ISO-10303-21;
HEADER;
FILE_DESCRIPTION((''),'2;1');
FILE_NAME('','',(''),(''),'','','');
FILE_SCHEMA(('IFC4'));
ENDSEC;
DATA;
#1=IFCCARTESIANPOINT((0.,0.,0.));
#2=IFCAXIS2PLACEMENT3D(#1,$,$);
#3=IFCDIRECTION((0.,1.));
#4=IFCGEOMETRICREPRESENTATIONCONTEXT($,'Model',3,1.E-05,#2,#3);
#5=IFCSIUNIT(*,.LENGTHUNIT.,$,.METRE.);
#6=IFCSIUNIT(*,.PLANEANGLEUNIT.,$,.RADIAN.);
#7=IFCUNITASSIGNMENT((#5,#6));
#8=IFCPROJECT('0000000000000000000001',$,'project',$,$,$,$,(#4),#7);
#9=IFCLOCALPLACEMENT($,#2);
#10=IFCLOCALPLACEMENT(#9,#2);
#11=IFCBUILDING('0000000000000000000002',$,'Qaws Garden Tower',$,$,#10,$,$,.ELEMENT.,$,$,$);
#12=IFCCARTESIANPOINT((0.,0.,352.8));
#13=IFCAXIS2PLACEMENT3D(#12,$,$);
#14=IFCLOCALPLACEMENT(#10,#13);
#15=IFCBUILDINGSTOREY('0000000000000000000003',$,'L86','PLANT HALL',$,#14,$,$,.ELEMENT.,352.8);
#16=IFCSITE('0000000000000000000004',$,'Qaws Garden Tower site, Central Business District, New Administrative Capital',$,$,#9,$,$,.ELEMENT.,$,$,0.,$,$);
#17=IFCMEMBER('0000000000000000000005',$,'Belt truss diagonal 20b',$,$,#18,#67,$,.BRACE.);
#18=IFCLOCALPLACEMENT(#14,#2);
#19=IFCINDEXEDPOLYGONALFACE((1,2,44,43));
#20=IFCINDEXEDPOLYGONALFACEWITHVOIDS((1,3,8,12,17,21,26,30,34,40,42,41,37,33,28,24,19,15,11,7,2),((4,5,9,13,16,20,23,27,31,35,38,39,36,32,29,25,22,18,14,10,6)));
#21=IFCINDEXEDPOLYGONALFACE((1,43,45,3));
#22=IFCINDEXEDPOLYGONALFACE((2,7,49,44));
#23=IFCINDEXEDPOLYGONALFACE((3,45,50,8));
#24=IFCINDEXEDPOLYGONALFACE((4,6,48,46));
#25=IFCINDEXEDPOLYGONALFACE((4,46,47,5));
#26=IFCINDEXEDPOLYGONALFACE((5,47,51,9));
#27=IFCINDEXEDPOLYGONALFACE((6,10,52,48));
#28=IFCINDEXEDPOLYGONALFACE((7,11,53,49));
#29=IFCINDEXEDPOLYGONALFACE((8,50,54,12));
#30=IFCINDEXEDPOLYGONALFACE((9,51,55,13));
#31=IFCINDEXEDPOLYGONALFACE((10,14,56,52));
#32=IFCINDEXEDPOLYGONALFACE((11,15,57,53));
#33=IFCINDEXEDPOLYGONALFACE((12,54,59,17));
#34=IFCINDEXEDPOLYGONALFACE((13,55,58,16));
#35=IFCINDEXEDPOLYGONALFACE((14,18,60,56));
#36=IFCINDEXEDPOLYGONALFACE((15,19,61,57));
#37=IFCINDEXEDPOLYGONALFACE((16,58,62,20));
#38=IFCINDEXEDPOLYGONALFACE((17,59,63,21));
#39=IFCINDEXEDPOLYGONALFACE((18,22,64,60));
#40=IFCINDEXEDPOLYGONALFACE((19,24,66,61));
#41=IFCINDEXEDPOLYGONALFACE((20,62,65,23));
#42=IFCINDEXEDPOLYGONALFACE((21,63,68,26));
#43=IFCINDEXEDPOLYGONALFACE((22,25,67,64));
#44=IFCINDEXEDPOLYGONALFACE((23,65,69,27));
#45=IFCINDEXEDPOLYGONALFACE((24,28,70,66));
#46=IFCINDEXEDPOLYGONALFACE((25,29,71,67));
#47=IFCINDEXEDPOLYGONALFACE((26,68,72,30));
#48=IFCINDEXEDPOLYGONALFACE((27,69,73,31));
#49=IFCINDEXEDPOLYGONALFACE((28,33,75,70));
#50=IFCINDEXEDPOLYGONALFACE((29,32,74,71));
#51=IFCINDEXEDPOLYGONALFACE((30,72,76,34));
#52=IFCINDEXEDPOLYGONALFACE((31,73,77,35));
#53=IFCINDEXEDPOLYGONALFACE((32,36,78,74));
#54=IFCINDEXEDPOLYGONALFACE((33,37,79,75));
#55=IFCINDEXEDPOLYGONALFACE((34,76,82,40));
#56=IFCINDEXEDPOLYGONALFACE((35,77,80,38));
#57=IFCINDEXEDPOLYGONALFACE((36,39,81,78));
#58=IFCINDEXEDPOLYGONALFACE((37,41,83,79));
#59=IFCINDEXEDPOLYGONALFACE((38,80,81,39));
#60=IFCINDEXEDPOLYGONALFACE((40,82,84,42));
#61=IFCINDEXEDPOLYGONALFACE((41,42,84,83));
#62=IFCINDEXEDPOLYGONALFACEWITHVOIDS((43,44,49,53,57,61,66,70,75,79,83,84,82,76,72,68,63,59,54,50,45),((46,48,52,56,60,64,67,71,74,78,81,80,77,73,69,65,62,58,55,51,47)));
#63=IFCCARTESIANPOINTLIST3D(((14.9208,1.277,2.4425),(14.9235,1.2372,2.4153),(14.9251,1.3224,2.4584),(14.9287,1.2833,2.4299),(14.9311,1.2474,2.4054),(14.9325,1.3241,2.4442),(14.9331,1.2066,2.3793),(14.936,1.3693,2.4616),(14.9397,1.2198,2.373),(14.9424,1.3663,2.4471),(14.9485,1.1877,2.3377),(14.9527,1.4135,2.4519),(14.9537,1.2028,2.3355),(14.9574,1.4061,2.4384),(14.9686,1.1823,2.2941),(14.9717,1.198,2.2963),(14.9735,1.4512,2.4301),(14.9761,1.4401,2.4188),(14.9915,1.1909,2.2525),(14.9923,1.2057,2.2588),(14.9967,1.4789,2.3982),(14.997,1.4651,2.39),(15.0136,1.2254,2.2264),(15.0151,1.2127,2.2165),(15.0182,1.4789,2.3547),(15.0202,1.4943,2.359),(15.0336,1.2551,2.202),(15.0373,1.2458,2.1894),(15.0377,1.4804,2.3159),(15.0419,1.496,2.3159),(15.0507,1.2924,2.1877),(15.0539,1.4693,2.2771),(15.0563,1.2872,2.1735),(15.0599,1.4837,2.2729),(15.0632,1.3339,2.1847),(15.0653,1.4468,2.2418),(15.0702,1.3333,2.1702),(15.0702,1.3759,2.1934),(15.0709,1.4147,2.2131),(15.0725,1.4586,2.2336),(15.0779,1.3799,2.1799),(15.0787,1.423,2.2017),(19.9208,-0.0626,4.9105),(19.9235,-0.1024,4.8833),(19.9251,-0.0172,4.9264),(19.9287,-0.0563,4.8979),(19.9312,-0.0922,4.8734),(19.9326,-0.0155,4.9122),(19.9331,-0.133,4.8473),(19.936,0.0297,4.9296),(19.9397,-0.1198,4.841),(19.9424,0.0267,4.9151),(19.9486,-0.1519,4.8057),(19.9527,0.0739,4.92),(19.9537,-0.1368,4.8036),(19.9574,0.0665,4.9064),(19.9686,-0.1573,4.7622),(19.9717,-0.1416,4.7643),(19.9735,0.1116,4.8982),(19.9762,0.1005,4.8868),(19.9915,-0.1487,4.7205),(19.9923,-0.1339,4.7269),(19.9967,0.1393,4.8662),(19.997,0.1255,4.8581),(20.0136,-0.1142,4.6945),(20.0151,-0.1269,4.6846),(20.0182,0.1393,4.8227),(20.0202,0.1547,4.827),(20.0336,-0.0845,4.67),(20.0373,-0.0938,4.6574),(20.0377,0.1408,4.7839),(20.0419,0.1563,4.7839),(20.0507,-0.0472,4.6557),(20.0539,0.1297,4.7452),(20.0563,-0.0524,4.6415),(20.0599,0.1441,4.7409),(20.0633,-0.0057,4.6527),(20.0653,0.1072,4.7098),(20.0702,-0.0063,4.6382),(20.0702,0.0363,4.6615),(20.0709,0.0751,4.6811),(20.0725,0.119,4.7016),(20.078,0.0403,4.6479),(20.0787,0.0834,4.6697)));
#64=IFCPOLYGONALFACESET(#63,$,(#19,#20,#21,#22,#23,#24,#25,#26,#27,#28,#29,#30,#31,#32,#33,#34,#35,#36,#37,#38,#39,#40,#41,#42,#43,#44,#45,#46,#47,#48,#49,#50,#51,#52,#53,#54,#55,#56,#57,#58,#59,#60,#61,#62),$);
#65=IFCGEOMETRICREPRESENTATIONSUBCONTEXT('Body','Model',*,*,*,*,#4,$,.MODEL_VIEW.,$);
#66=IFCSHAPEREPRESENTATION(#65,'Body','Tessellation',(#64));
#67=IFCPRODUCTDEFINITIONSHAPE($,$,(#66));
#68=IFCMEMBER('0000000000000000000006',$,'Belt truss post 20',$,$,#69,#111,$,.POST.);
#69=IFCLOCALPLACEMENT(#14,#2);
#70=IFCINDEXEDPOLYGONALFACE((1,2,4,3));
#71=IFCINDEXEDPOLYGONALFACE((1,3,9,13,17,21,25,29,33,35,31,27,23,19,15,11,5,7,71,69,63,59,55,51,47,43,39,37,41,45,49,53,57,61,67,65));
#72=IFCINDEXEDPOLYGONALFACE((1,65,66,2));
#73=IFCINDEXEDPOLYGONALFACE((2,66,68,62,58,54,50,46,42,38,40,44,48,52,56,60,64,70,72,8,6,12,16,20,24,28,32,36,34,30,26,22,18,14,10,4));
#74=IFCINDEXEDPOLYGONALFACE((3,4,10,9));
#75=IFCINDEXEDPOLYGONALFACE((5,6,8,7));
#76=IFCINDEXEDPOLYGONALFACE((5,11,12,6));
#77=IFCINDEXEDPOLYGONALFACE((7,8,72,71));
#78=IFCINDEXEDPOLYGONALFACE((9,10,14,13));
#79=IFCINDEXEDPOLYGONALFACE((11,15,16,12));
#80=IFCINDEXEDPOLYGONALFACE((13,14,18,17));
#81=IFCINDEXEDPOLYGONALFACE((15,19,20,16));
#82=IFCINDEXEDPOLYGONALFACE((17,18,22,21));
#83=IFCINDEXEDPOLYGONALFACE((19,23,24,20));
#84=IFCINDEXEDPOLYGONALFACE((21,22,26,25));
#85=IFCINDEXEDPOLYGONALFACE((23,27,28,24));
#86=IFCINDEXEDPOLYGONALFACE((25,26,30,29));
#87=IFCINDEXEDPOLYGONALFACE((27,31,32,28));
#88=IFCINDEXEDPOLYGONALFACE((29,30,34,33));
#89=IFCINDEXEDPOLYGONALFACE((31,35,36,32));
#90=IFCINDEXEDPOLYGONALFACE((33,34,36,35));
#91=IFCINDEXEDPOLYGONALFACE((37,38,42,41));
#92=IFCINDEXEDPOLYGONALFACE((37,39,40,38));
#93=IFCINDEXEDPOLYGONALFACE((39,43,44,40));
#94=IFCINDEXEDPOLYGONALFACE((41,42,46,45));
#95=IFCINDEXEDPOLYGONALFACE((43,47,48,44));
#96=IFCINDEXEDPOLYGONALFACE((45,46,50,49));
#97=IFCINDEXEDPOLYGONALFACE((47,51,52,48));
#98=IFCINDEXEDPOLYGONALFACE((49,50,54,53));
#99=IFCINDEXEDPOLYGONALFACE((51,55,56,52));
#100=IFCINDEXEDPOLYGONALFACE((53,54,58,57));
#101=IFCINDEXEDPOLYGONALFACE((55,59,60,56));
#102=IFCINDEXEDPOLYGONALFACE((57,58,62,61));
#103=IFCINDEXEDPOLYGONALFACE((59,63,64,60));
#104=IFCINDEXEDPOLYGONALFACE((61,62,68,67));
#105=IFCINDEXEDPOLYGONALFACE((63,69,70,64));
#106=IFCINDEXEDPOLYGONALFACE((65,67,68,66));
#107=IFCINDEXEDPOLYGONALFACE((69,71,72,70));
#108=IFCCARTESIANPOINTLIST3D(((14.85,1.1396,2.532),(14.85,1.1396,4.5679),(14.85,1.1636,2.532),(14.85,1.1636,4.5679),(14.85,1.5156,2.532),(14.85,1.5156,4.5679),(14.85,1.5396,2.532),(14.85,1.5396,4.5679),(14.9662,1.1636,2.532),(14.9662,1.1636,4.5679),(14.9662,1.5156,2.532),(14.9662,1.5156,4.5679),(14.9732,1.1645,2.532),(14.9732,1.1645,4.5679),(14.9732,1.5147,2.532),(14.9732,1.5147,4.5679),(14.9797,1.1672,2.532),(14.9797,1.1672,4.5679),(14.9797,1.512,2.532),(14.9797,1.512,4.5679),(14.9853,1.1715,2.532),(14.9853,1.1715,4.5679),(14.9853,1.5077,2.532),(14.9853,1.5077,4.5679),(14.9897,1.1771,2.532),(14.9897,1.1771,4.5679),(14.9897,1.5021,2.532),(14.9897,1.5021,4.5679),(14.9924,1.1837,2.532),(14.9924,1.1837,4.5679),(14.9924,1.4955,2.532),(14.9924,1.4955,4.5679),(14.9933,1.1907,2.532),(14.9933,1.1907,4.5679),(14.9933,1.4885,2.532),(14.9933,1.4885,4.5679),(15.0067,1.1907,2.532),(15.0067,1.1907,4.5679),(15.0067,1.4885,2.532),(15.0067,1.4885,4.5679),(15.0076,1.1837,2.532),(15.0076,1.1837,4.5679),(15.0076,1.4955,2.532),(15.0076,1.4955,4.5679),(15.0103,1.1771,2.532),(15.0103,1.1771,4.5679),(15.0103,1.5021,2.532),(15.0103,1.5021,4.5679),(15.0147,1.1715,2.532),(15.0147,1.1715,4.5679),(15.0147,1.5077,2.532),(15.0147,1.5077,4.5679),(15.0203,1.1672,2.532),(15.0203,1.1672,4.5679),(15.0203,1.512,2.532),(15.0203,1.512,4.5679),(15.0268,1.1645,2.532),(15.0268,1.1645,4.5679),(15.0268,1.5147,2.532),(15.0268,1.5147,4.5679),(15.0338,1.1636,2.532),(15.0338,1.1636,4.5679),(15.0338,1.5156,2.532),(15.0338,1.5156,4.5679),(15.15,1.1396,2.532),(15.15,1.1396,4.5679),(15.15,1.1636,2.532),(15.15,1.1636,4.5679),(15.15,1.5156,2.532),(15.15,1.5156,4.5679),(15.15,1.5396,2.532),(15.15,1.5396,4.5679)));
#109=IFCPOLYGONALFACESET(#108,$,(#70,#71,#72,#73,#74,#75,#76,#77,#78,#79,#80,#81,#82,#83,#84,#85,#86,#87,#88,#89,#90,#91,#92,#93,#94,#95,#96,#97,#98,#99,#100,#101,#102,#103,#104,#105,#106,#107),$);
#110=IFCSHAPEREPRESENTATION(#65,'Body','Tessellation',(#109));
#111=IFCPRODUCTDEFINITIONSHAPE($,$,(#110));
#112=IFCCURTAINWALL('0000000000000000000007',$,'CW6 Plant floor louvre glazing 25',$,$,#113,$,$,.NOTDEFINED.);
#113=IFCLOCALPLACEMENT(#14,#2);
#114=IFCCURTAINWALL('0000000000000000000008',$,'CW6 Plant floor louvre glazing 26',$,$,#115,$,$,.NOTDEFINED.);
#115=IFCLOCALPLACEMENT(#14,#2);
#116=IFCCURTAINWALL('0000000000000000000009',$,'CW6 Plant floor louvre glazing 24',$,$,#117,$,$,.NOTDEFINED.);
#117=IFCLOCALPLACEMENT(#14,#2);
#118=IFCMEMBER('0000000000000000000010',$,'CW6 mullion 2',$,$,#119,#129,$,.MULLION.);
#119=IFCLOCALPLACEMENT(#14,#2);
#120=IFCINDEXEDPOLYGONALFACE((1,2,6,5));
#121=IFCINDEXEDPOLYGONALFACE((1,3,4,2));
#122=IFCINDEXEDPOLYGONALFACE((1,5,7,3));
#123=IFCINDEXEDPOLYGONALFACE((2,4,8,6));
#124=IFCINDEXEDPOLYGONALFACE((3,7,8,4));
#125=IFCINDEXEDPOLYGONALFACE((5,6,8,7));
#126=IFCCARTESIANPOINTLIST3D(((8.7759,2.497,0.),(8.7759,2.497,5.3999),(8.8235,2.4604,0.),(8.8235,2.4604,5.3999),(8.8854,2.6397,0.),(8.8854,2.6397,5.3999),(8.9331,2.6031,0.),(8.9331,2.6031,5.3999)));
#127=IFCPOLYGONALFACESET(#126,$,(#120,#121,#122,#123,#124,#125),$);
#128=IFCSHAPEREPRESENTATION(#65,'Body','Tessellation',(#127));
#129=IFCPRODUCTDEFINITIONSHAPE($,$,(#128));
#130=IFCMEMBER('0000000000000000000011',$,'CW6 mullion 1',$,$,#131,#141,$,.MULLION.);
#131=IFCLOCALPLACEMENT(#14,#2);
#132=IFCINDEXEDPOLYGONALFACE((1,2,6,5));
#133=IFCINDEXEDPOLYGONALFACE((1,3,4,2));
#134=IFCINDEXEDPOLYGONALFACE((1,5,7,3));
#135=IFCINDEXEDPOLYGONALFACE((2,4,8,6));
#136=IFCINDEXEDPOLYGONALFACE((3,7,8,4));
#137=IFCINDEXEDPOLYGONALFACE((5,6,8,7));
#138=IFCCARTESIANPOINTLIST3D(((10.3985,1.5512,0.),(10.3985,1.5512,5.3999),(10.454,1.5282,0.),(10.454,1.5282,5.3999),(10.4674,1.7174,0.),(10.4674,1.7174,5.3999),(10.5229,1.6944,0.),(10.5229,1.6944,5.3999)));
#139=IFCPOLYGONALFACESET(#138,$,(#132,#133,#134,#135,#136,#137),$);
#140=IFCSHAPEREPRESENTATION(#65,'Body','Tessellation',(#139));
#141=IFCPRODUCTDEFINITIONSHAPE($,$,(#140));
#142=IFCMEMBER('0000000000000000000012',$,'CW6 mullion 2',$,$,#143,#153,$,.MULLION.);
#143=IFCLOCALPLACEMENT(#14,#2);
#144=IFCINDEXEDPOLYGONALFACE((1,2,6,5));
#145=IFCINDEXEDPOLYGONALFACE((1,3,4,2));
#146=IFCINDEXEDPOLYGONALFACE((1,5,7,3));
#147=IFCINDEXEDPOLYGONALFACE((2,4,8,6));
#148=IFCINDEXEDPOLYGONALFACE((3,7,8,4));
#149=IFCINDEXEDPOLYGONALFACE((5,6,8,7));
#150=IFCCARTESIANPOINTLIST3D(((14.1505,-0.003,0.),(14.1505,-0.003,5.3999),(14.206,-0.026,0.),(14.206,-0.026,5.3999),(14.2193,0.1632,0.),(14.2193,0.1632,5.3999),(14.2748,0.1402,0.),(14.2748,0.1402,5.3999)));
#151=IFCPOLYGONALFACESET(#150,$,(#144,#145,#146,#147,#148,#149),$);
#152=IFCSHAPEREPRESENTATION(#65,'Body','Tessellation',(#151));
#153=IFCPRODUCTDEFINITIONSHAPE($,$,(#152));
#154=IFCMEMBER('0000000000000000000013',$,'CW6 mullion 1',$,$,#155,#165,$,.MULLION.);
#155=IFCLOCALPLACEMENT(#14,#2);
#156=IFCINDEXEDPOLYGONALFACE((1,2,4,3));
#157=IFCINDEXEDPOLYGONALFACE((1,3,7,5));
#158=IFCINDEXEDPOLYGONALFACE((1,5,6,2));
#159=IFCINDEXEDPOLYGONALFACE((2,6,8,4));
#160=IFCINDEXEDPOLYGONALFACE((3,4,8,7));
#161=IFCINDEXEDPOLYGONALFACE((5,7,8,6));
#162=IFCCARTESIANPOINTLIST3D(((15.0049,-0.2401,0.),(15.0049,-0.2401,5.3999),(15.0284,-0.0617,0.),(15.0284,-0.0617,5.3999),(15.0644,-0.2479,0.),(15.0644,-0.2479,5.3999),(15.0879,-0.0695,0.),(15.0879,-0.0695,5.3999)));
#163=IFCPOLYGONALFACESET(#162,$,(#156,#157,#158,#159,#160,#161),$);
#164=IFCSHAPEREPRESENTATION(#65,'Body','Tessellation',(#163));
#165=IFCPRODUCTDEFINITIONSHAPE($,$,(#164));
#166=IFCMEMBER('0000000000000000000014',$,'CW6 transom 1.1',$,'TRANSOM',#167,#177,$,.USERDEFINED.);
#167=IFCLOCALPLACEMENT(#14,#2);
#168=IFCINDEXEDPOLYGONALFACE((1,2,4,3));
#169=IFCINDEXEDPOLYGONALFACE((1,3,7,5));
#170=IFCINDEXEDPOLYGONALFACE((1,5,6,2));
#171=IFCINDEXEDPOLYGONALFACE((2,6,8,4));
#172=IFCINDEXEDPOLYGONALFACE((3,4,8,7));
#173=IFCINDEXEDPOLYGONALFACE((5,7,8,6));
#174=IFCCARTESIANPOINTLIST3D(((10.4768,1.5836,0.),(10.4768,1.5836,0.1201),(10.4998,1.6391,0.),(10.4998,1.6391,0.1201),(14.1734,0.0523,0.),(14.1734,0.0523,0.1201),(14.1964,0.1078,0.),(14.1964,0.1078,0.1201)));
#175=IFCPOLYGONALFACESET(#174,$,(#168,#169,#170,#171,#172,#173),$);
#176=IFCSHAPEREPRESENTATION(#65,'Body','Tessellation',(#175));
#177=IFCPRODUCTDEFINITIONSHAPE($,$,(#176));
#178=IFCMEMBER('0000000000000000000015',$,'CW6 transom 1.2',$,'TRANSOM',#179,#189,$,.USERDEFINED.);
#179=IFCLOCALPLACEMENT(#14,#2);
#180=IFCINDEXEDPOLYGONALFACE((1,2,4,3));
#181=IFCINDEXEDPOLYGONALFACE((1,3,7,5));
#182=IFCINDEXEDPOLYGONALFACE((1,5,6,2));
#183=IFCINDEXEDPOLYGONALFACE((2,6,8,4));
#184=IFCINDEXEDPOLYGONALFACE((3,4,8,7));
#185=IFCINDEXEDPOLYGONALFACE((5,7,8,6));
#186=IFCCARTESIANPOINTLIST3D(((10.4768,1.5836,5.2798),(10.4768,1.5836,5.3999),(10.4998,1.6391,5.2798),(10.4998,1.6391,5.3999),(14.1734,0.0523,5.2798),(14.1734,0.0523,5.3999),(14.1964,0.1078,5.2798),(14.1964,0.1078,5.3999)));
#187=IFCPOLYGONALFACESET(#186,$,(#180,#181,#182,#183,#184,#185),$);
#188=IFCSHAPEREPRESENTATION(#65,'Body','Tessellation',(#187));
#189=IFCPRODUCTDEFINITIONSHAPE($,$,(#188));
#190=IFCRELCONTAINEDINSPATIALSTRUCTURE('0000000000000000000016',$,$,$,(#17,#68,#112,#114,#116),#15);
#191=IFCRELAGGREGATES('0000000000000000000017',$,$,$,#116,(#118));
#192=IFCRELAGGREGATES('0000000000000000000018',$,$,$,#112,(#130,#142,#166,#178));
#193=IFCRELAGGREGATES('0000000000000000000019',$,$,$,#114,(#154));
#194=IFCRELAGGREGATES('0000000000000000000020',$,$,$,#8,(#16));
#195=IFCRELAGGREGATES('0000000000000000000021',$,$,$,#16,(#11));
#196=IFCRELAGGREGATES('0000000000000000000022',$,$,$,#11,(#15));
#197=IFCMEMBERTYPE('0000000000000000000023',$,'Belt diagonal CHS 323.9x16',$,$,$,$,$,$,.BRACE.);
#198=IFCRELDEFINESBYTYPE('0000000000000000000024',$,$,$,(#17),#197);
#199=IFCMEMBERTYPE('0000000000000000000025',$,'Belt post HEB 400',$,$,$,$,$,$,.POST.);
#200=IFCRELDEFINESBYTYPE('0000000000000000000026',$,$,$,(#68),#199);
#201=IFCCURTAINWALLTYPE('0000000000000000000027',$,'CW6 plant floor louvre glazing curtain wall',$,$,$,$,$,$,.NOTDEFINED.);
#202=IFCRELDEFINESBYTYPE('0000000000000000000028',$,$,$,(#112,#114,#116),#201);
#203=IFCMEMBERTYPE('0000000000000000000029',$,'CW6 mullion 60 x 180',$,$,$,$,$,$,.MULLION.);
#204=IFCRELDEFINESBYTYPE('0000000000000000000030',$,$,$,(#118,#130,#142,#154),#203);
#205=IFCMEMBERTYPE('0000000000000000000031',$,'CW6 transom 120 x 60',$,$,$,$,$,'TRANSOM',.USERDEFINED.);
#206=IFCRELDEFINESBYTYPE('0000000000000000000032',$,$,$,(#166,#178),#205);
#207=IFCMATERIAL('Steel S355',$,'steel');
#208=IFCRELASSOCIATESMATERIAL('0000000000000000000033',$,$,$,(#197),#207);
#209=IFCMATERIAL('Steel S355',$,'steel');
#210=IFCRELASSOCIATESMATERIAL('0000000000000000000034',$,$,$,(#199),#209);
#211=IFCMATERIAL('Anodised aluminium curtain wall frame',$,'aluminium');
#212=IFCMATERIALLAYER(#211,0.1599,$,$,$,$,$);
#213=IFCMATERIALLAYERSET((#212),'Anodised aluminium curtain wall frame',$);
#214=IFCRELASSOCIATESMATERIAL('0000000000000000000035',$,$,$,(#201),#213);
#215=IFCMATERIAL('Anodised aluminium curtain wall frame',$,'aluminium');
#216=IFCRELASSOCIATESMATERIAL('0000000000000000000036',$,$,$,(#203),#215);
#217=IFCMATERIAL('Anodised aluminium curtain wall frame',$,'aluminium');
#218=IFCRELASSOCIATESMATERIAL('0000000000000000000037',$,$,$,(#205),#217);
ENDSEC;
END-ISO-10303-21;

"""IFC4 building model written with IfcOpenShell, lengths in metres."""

from ifc_helpers import new_model, si_unit, direction, frame, origin, origin_2d, place, context, subcontext, project, spatial, rectangle, hollow_circle, i_section, extrude, material, layer, layer_set, material_profile, profile_set, type_object, element, aggregate, save


model = new_model("IFC4")

# Units and contexts
model_context = context("Model", 3, precision=1e-05, world=origin(), true_north=direction((0.0, 1.0)))
body_context = subcontext(model_context, "Body", "Model", "MODEL_VIEW")
ifc_project = project(units=[si_unit("LENGTHUNIT", "METRE"), si_unit("PLANEANGLEUNIT", "RADIAN")], contexts=[model_context])

# Site, building, storey
site_placement = place(None, origin())
site = spatial("IfcSite", under=ifc_project, at=site_placement, Name="Qaws Garden Tower site, Central Business District, New Administrative Capital", CompositionType="ELEMENT", RefElevation=0.0)
building_placement = place(site_placement, origin())
building = spatial("IfcBuilding", under=site, at=building_placement, Name="Qaws Garden Tower", CompositionType="ELEMENT")
storey_placement = place(building_placement, frame((0.0, 0.0, 352.8)))
storey = spatial("IfcBuildingStorey", under=building, at=storey_placement, Name="L86", Description="PLANT HALL", CompositionType="ELEMENT", Elevation=352.8)

# Members
ifc_material_1 = material(Name="Steel S355", Category="steel")
ifc_material_profile_1 = material_profile(ifc_material_1, hollow_circle(Radius=0.1619, WallThickness=0.0161, at=origin_2d()), Name="CHS 323.9x16")
ifc_profile_set_1 = profile_set([ifc_material_profile_1], Name="Steel S355")
member_type_1 = type_object("IfcMemberType", Name="Belt diagonal CHS 323.9x16", PredefinedType="BRACE", material=ifc_profile_set_1)
for number, where, z_axis, x_axis, name in (
    (1, (15.0, 1.3396, 2.3159), (0.8719, -0.233599, 0.430373), (0.258793, 0.965933, 0.0), "Belt truss diagonal 20b"),
):
    element("IfcMember", number, at=place(storey_placement, frame(where, z_axis=z_axis, x_axis=x_axis)), inside=storey, type_object=member_type_1, Name=name, PredefinedType="BRACE", context=body_context, shape_type="SweptSolid", body=[
        extrude(hollow_circle(Radius=0.1619, WallThickness=0.0161, at=origin_2d()), origin(), (0.0, 0.0, 1.0), 5.7346),
    ])
ifc_material_2 = material(Name="Steel S355", Category="steel")
ifc_material_profile_2 = material_profile(ifc_material_2, i_section(OverallWidth=0.3, OverallDepth=0.3999, WebThickness=0.0134, FlangeThickness=0.0239, FilletRadius=0.0271, at=origin_2d()), Name="HEB 400")
ifc_profile_set_2 = profile_set([ifc_material_profile_2], Name="Steel S355")
member_type_2 = type_object("IfcMemberType", Name="Belt post HEB 400", PredefinedType="POST", material=ifc_profile_set_2)
member_1_placement = place(storey_placement, frame((15.0, 1.3396, 2.532), z_axis=(0.0, 0.0, 1.0), x_axis=(1.0, 0.0, 0.0)))
element("IfcMember", 2, at=member_1_placement, inside=storey, type_object=member_type_2, Name="Belt truss post 20", PredefinedType="POST", context=body_context, shape_type="SweptSolid", body=[
    extrude(i_section(OverallWidth=0.3, OverallDepth=0.3999, WebThickness=0.0134, FlangeThickness=0.0239, FilletRadius=0.0271, at=origin_2d()), origin(), (0.0, 0.0, 1.0), 2.0359),
])

# Curtain walls, member
ifc_material_3 = material(Name="Anodised aluminium curtain wall frame", Category="aluminium")
ifc_layer_1 = layer(ifc_material_3, 0.1599)
ifc_layer_set_1 = layer_set([ifc_layer_1], Name="Anodised aluminium curtain wall frame")
curtain_wall_type = type_object("IfcCurtainWallType", Name="CW6 plant floor louvre glazing curtain wall", PredefinedType="NOTDEFINED", material=ifc_layer_set_1)
placement_1 = place(storey_placement, origin())
curtain_wall_1 = element("IfcCurtainWall", 3, at=placement_1, inside=storey, type_object=curtain_wall_type, Name="CW6 Plant floor louvre glazing 25", PredefinedType="NOTDEFINED")
curtain_wall_2 = element("IfcCurtainWall", 4, at=placement_1, inside=storey, type_object=curtain_wall_type, Name="CW6 Plant floor louvre glazing 26", PredefinedType="NOTDEFINED")
curtain_wall_3 = element("IfcCurtainWall", 5, at=placement_1, inside=storey, type_object=curtain_wall_type, Name="CW6 Plant floor louvre glazing 24", PredefinedType="NOTDEFINED")
ifc_material_4 = material(Name="Anodised aluminium curtain wall frame", Category="aluminium")
ifc_material_profile_3 = material_profile(ifc_material_4, rectangle(XDim=0.1799, YDim=0.0601, at=origin_2d()), Name="AL 60x180")
ifc_profile_set_3 = profile_set([ifc_material_profile_3], Name="Anodised aluminium curtain wall frame")
member_type_3 = type_object("IfcMemberType", Name="CW6 mullion 60 x 180", PredefinedType="MULLION", material=ifc_profile_set_3)
member_2_placement = place(storey_placement, frame((8.8545, 2.55, 0.0), z_axis=(0.0, 0.0, 1.0), x_axis=(0.608761, 0.793353, 0.0)))
member_2 = element("IfcMember", 6, at=member_2_placement, type_object=member_type_3, Name="CW6 mullion 2", PredefinedType="MULLION", context=body_context, shape_type="SweptSolid", body=[
    extrude(rectangle(XDim=0.1799, YDim=0.0601, at=origin_2d()), origin(), (0.0, 0.0, 1.0), 5.3999),
])
aggregate(curtain_wall_3, [member_2])

# Members
member_3_placement = place(storey_placement, frame((10.4607, 1.6228, 0.0), z_axis=(0.0, 0.0, 1.0), x_axis=(0.382683, 0.92388, 0.0)))
member_3 = element("IfcMember", 7, at=member_3_placement, type_object=member_type_3, Name="CW6 mullion 1", PredefinedType="MULLION", context=body_context, shape_type="SweptSolid", body=[
    extrude(rectangle(XDim=0.1799, YDim=0.0601, at=origin_2d()), origin(), (0.0, 0.0, 1.0), 5.3999),
])
member_4_placement = place(storey_placement, frame((14.2126, 0.0686, 0.0), z_axis=(0.0, 0.0, 1.0), x_axis=(0.382683, 0.92388, 0.0)))
member_4 = element("IfcMember", 8, at=member_4_placement, type_object=member_type_3, Name="CW6 mullion 2", PredefinedType="MULLION", context=body_context, shape_type="SweptSolid", body=[
    extrude(rectangle(XDim=0.1799, YDim=0.0601, at=origin_2d()), origin(), (0.0, 0.0, 1.0), 5.3999),
])
member_5_placement = place(storey_placement, frame((15.0464, -0.1548, 0.0), z_axis=(0.0, 0.0, 1.0), x_axis=(0.130526, 0.991445, 0.0)))
member_5 = element("IfcMember", 9, at=member_5_placement, type_object=member_type_3, Name="CW6 mullion 1", PredefinedType="MULLION", context=body_context, shape_type="SweptSolid", body=[
    extrude(rectangle(XDim=0.1799, YDim=0.0601, at=origin_2d()), origin(), (0.0, 0.0, 1.0), 5.3999),
])
ifc_material_5 = material(Name="Anodised aluminium curtain wall frame", Category="aluminium")
ifc_material_profile_4 = material_profile(ifc_material_5, rectangle(XDim=0.0601, YDim=0.1201, at=origin_2d()), Name="AL 60x120")
ifc_profile_set_4 = profile_set([ifc_material_profile_4], Name="Anodised aluminium curtain wall frame")
member_type_4 = type_object("IfcMemberType", Name="CW6 transom 120 x 60", ElementType="TRANSOM", PredefinedType="USERDEFINED", material=ifc_profile_set_4)
member_6_placement = place(storey_placement, frame((10.4883, 1.6113, 0.0601), z_axis=(0.923871, -0.382704, 0.0), x_axis=(0.382704, 0.923871, 0.0)))
member_6 = element("IfcMember", 10, at=member_6_placement, type_object=member_type_4, Name="CW6 transom 1.1", ObjectType="TRANSOM", PredefinedType="USERDEFINED", context=body_context, shape_type="SweptSolid", body=[
    extrude(rectangle(XDim=0.0601, YDim=0.1201, at=origin_2d()), origin(), (0.0, 0.0, 1.0), 4.0012),
])
member_7_placement = place(storey_placement, frame((10.4883, 1.6113, 5.3398), z_axis=(0.923871, -0.382704, 0.0), x_axis=(0.382704, 0.923871, 0.0)))
member_7 = element("IfcMember", 11, at=member_7_placement, type_object=member_type_4, Name="CW6 transom 1.2", ObjectType="TRANSOM", PredefinedType="USERDEFINED", context=body_context, shape_type="SweptSolid", body=[
    extrude(rectangle(XDim=0.0601, YDim=0.1201, at=origin_2d()), origin(), (0.0, 0.0, 1.0), 4.0012),
])

aggregate(curtain_wall_1, [member_3, member_4, member_6, member_7])

aggregate(curtain_wall_2, [member_5])

save(model, "model.ifc")
